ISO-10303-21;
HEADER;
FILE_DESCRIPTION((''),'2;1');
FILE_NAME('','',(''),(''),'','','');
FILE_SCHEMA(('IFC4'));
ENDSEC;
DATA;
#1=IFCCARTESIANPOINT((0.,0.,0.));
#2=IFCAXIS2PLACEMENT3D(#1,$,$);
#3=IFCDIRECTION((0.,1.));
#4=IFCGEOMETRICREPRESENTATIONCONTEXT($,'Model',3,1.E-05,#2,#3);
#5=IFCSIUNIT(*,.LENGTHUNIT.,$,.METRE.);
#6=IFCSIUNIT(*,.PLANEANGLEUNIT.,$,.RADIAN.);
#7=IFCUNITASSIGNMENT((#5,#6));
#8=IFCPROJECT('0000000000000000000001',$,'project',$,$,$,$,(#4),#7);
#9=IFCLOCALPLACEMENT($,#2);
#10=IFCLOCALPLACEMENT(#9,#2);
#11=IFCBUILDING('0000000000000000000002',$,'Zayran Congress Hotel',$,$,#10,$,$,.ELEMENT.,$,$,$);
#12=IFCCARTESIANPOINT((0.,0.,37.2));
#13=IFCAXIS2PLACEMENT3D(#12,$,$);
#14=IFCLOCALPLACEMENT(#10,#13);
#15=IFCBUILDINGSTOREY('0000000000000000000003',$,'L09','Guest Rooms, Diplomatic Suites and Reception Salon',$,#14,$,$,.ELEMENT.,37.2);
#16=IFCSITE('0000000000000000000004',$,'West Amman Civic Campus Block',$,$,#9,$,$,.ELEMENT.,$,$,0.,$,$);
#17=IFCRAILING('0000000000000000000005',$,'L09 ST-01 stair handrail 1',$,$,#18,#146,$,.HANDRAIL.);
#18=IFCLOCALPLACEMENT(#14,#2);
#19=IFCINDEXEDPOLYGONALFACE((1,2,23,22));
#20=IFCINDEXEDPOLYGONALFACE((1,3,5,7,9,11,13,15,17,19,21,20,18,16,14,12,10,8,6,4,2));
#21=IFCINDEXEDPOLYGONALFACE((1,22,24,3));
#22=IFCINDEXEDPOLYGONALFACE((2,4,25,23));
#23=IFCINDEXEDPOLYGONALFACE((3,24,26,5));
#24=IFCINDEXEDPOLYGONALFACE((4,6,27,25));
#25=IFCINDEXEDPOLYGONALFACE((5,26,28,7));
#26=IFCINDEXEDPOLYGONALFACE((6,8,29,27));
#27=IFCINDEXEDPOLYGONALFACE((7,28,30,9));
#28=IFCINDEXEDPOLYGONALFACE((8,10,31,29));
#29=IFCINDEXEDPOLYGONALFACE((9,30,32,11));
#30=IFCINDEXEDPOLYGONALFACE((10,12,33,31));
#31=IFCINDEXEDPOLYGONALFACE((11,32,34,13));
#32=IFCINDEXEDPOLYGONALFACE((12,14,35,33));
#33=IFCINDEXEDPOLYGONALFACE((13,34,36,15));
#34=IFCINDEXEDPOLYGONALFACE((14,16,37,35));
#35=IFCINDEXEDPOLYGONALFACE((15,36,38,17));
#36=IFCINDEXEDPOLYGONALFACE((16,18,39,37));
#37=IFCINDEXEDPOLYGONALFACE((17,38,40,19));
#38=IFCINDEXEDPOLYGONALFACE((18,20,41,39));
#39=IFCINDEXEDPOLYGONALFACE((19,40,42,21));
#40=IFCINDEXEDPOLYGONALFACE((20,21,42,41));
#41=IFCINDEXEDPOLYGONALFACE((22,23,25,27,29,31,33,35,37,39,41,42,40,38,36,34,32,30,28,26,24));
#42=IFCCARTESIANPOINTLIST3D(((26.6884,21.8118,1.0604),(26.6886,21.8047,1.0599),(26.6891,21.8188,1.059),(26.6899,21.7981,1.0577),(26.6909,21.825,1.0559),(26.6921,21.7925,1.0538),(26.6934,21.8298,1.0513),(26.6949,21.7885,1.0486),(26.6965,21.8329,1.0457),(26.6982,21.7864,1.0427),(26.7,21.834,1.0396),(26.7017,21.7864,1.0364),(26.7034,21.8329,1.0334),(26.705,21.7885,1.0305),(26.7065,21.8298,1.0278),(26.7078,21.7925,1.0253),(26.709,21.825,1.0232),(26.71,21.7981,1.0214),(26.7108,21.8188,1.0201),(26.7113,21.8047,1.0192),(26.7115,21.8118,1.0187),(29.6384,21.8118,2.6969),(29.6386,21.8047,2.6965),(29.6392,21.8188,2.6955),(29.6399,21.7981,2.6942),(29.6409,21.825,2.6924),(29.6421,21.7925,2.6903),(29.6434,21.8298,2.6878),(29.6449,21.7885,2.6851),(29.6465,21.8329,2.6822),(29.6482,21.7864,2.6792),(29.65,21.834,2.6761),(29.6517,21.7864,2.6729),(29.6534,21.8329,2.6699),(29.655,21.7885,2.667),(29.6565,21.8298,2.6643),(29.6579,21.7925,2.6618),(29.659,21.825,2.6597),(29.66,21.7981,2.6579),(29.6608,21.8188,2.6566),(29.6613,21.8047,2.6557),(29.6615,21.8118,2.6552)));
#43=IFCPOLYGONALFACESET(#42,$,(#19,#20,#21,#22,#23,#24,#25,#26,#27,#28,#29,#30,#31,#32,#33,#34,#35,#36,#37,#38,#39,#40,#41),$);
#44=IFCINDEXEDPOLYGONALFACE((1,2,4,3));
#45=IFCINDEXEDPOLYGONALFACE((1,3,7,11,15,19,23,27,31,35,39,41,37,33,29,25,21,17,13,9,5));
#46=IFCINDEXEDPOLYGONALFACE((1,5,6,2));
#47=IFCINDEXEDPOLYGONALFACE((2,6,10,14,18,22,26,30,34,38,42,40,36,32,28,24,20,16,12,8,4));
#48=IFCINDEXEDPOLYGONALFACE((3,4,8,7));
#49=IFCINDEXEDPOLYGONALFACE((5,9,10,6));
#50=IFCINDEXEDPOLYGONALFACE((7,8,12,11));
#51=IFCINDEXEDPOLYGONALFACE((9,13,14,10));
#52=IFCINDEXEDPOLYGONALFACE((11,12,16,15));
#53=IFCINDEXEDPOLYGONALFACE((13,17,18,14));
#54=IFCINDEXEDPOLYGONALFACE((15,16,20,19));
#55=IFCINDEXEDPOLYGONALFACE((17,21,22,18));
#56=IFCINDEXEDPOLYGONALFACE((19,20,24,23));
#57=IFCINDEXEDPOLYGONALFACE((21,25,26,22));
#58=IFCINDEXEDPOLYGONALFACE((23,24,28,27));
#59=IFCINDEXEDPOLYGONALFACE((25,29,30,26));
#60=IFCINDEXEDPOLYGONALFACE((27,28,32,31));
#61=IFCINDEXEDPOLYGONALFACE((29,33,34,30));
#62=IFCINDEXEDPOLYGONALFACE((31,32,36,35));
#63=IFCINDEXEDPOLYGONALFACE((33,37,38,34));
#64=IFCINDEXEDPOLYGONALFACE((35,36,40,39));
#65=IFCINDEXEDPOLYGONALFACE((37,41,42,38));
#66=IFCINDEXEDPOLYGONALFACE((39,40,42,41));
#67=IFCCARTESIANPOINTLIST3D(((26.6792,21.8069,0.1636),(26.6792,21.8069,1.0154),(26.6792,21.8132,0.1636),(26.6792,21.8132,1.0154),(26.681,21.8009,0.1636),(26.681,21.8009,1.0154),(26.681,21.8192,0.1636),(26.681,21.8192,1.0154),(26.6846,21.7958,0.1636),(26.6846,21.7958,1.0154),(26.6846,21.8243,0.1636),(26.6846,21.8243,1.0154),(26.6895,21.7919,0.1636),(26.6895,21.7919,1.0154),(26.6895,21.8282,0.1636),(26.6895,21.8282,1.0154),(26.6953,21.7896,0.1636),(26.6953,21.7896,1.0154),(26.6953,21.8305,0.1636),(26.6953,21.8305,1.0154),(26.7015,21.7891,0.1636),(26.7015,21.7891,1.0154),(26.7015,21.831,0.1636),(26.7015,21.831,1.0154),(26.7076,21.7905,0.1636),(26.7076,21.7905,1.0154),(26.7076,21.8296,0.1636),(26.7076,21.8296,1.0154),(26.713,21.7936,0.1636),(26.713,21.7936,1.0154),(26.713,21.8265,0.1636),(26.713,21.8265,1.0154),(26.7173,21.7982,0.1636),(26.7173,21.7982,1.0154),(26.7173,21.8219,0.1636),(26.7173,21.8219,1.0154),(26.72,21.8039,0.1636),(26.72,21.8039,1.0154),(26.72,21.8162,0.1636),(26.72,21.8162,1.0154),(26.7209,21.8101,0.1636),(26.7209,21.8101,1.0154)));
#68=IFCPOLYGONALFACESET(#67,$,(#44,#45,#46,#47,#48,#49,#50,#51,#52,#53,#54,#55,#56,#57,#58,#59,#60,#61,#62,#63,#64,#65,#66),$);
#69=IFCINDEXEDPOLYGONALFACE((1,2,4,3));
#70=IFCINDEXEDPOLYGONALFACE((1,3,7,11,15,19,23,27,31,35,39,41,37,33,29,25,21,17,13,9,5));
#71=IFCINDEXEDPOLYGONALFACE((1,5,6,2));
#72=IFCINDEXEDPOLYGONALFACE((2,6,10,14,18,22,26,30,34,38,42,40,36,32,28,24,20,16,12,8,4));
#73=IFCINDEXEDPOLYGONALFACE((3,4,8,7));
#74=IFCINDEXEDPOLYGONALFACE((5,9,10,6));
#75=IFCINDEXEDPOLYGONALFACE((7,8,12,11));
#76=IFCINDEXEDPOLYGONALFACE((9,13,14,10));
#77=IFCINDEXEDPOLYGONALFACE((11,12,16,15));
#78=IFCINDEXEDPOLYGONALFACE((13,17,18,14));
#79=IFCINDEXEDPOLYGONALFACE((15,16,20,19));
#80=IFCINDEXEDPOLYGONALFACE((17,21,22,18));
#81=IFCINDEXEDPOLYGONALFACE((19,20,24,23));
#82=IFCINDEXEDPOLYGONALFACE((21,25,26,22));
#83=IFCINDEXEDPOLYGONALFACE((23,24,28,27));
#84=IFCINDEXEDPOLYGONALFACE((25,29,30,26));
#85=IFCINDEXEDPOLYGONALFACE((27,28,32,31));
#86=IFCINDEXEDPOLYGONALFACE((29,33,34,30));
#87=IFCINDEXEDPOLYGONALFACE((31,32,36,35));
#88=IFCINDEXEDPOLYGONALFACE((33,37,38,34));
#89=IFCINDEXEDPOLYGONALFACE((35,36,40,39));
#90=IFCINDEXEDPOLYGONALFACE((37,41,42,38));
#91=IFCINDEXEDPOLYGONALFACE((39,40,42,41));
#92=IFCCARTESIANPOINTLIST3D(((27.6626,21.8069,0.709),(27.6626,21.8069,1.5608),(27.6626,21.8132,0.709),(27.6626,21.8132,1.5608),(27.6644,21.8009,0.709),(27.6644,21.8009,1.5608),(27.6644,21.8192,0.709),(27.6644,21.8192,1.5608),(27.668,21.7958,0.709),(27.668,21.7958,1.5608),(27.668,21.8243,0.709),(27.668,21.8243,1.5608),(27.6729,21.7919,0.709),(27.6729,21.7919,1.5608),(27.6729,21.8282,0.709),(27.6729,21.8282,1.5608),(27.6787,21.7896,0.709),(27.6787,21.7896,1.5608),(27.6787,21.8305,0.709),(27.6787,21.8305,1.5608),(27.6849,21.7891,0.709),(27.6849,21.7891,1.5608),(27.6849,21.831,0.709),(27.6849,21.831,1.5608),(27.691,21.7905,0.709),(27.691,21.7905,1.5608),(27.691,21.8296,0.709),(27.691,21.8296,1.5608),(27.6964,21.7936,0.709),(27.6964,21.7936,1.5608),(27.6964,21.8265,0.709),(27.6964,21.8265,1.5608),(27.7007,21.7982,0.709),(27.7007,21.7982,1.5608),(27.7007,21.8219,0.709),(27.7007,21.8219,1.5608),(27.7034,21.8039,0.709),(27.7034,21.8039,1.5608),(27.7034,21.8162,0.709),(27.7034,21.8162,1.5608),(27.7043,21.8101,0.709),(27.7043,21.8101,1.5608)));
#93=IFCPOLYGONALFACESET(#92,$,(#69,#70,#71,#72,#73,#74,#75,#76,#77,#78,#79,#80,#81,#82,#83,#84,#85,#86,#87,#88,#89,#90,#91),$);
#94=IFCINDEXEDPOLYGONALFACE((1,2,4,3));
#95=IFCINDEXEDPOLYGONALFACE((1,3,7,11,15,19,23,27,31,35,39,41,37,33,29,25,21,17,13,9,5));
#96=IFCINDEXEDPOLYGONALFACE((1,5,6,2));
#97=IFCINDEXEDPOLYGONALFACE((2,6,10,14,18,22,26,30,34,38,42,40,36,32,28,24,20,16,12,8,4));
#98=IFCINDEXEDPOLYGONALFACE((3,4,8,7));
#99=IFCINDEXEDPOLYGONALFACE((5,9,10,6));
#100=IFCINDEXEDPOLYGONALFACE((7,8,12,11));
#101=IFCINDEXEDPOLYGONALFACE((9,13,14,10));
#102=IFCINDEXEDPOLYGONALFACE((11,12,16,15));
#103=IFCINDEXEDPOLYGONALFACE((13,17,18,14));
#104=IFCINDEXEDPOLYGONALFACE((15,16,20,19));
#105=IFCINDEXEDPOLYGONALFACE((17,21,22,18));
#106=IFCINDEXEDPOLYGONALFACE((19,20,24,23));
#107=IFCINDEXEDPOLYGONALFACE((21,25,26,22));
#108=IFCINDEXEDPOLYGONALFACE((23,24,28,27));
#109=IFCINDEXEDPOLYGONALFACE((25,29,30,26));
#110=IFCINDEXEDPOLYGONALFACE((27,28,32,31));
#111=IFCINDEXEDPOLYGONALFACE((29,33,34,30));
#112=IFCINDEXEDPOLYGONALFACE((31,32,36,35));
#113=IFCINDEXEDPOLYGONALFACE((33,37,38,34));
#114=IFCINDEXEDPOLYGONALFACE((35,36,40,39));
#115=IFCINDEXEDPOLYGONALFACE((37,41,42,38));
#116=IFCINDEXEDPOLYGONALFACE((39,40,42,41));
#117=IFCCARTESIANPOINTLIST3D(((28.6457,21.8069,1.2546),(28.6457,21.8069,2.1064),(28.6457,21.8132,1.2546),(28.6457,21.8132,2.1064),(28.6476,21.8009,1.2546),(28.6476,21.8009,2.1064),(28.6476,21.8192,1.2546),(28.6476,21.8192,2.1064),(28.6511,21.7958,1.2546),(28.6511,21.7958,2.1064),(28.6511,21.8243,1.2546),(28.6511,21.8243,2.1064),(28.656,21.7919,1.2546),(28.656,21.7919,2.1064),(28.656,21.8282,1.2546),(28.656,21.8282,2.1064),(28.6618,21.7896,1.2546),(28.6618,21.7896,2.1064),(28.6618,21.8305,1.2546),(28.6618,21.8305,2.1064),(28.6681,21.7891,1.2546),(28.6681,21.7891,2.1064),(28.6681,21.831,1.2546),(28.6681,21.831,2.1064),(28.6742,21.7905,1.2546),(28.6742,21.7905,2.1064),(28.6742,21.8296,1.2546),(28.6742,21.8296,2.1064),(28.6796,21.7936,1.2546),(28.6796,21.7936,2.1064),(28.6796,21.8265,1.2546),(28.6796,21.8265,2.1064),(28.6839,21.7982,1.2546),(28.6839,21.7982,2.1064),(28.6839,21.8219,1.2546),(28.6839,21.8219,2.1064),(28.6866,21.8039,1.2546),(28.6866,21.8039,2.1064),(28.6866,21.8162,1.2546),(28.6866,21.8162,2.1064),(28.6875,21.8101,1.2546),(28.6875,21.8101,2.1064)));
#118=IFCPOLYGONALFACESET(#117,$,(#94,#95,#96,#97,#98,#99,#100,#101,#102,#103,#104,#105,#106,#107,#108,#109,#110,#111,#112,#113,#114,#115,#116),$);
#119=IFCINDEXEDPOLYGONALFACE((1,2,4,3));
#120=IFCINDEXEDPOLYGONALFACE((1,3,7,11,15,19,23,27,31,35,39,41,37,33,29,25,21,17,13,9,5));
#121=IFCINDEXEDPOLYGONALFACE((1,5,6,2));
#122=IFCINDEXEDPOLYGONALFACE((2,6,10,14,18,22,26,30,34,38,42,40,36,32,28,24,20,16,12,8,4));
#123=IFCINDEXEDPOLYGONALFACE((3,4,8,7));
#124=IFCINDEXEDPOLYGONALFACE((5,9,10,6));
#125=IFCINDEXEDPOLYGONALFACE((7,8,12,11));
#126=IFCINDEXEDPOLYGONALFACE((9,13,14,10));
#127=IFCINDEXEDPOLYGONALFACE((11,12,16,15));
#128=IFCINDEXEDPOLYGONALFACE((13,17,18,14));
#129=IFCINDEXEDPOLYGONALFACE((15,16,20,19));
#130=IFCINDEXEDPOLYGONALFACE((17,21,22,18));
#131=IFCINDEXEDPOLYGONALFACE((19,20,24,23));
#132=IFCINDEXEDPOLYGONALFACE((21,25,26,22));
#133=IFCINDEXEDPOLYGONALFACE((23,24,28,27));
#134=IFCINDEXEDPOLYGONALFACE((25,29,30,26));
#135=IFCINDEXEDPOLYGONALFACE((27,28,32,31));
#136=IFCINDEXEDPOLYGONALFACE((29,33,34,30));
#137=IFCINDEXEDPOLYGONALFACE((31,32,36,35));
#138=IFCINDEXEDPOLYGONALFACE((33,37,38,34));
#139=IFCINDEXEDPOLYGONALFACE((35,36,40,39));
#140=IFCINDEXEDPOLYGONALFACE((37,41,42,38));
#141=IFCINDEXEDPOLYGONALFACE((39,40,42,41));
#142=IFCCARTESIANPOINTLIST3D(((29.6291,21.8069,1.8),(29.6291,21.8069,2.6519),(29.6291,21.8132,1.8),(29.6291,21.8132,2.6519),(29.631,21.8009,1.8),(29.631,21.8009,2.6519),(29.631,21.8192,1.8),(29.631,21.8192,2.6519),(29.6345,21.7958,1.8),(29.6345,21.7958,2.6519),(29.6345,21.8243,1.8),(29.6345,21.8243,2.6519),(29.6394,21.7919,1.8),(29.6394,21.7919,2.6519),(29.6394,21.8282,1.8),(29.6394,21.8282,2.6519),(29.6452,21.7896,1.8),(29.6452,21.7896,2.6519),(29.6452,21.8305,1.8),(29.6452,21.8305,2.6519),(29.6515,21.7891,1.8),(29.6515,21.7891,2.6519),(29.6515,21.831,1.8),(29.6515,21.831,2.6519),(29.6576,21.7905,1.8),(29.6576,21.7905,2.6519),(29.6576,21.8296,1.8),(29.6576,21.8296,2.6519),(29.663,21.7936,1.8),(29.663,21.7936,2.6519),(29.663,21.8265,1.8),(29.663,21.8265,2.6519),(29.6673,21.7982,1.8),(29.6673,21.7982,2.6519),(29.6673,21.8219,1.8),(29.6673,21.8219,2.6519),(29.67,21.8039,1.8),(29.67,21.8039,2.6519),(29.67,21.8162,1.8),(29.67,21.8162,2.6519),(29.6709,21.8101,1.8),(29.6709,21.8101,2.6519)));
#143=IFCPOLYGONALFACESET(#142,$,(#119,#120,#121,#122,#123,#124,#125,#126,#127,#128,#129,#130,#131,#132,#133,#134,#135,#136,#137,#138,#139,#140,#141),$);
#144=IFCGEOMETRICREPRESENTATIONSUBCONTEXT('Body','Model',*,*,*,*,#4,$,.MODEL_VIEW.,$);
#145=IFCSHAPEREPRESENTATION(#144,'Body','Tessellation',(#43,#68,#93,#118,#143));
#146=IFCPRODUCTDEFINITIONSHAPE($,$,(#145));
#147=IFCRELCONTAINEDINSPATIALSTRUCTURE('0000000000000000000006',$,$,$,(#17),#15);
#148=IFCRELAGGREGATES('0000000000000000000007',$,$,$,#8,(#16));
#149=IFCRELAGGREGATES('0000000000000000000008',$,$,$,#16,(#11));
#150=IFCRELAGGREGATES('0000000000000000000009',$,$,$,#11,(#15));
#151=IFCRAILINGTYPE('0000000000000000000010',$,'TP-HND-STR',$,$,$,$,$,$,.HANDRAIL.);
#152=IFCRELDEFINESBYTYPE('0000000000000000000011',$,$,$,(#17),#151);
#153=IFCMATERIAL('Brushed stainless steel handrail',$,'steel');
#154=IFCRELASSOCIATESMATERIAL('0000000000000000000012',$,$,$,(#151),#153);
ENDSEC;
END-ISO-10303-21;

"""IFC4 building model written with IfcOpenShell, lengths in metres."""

from ifc_helpers import new_model, si_unit, direction, frame, origin, origin_2d, place, context, subcontext, project, spatial, circle, extrude, material, type_object, element, save


model = new_model("IFC4")

# Units and contexts
model_context = context("Model", 3, precision=1e-05, world=origin(), true_north=direction((0.0, 1.0)))
body_context = subcontext(model_context, "Body", "Model", "MODEL_VIEW")
ifc_project = project(units=[si_unit("LENGTHUNIT", "METRE"), si_unit("PLANEANGLEUNIT", "RADIAN")], contexts=[model_context])

# Site, building, storey
site_placement = place(None, origin())
site = spatial("IfcSite", under=ifc_project, at=site_placement, Name="West Amman Civic Campus Block", CompositionType="ELEMENT", RefElevation=0.0)
building_placement = place(site_placement, origin())
building = spatial("IfcBuilding", under=site, at=building_placement, Name="Zayran Congress Hotel", CompositionType="ELEMENT")
storey_placement = place(building_placement, frame((0.0, 0.0, 37.2)))
storey = spatial("IfcBuildingStorey", under=building, at=storey_placement, Name="L09", Description="Guest Rooms, Diplomatic Suites and Reception Salon", CompositionType="ELEMENT", Elevation=37.2)

# Railing
ifc_material_1 = material(Name="Brushed stainless steel handrail", Category="steel")
railing_type_1 = type_object("IfcRailingType", Name="TP-HND-STR", PredefinedType="HANDRAIL", material=ifc_material_1)
railing_1_placement = place(storey_placement, frame((26.7, 21.8101, 0.1636)))
element("IfcRailing", 1, at=railing_1_placement, inside=storey, type_object=railing_type_1, Name="L09 ST-01 stair handrail 1", PredefinedType="HANDRAIL", context=body_context, shape_type="SweptSolid", body=[
    extrude(circle(Radius=0.0239, at=origin_2d()), frame((0.0, 0.0, 0.876), z_axis=(0.874458, 0.0, 0.485102), x_axis=(0.0, 1.0, 0.0)), (0.0, 0.0, 1.0), 3.3735),
    extrude(circle(Radius=0.021, at=origin_2d()), origin(), (0.0, 0.0, 1.0), 0.8518),
    extrude(circle(Radius=0.021, at=origin_2d()), frame((0.9834, 0.0, 0.5454)), (0.0, 0.0, 1.0), 0.8518),
    extrude(circle(Radius=0.021, at=origin_2d()), frame((1.9666, 0.0, 1.0911)), (0.0, 0.0, 1.0), 0.8518),
    extrude(circle(Radius=0.021, at=origin_2d()), frame((2.95, 0.0, 1.6365)), (0.0, 0.0, 1.0), 0.8518),
])

save(model, "model.ifc")
